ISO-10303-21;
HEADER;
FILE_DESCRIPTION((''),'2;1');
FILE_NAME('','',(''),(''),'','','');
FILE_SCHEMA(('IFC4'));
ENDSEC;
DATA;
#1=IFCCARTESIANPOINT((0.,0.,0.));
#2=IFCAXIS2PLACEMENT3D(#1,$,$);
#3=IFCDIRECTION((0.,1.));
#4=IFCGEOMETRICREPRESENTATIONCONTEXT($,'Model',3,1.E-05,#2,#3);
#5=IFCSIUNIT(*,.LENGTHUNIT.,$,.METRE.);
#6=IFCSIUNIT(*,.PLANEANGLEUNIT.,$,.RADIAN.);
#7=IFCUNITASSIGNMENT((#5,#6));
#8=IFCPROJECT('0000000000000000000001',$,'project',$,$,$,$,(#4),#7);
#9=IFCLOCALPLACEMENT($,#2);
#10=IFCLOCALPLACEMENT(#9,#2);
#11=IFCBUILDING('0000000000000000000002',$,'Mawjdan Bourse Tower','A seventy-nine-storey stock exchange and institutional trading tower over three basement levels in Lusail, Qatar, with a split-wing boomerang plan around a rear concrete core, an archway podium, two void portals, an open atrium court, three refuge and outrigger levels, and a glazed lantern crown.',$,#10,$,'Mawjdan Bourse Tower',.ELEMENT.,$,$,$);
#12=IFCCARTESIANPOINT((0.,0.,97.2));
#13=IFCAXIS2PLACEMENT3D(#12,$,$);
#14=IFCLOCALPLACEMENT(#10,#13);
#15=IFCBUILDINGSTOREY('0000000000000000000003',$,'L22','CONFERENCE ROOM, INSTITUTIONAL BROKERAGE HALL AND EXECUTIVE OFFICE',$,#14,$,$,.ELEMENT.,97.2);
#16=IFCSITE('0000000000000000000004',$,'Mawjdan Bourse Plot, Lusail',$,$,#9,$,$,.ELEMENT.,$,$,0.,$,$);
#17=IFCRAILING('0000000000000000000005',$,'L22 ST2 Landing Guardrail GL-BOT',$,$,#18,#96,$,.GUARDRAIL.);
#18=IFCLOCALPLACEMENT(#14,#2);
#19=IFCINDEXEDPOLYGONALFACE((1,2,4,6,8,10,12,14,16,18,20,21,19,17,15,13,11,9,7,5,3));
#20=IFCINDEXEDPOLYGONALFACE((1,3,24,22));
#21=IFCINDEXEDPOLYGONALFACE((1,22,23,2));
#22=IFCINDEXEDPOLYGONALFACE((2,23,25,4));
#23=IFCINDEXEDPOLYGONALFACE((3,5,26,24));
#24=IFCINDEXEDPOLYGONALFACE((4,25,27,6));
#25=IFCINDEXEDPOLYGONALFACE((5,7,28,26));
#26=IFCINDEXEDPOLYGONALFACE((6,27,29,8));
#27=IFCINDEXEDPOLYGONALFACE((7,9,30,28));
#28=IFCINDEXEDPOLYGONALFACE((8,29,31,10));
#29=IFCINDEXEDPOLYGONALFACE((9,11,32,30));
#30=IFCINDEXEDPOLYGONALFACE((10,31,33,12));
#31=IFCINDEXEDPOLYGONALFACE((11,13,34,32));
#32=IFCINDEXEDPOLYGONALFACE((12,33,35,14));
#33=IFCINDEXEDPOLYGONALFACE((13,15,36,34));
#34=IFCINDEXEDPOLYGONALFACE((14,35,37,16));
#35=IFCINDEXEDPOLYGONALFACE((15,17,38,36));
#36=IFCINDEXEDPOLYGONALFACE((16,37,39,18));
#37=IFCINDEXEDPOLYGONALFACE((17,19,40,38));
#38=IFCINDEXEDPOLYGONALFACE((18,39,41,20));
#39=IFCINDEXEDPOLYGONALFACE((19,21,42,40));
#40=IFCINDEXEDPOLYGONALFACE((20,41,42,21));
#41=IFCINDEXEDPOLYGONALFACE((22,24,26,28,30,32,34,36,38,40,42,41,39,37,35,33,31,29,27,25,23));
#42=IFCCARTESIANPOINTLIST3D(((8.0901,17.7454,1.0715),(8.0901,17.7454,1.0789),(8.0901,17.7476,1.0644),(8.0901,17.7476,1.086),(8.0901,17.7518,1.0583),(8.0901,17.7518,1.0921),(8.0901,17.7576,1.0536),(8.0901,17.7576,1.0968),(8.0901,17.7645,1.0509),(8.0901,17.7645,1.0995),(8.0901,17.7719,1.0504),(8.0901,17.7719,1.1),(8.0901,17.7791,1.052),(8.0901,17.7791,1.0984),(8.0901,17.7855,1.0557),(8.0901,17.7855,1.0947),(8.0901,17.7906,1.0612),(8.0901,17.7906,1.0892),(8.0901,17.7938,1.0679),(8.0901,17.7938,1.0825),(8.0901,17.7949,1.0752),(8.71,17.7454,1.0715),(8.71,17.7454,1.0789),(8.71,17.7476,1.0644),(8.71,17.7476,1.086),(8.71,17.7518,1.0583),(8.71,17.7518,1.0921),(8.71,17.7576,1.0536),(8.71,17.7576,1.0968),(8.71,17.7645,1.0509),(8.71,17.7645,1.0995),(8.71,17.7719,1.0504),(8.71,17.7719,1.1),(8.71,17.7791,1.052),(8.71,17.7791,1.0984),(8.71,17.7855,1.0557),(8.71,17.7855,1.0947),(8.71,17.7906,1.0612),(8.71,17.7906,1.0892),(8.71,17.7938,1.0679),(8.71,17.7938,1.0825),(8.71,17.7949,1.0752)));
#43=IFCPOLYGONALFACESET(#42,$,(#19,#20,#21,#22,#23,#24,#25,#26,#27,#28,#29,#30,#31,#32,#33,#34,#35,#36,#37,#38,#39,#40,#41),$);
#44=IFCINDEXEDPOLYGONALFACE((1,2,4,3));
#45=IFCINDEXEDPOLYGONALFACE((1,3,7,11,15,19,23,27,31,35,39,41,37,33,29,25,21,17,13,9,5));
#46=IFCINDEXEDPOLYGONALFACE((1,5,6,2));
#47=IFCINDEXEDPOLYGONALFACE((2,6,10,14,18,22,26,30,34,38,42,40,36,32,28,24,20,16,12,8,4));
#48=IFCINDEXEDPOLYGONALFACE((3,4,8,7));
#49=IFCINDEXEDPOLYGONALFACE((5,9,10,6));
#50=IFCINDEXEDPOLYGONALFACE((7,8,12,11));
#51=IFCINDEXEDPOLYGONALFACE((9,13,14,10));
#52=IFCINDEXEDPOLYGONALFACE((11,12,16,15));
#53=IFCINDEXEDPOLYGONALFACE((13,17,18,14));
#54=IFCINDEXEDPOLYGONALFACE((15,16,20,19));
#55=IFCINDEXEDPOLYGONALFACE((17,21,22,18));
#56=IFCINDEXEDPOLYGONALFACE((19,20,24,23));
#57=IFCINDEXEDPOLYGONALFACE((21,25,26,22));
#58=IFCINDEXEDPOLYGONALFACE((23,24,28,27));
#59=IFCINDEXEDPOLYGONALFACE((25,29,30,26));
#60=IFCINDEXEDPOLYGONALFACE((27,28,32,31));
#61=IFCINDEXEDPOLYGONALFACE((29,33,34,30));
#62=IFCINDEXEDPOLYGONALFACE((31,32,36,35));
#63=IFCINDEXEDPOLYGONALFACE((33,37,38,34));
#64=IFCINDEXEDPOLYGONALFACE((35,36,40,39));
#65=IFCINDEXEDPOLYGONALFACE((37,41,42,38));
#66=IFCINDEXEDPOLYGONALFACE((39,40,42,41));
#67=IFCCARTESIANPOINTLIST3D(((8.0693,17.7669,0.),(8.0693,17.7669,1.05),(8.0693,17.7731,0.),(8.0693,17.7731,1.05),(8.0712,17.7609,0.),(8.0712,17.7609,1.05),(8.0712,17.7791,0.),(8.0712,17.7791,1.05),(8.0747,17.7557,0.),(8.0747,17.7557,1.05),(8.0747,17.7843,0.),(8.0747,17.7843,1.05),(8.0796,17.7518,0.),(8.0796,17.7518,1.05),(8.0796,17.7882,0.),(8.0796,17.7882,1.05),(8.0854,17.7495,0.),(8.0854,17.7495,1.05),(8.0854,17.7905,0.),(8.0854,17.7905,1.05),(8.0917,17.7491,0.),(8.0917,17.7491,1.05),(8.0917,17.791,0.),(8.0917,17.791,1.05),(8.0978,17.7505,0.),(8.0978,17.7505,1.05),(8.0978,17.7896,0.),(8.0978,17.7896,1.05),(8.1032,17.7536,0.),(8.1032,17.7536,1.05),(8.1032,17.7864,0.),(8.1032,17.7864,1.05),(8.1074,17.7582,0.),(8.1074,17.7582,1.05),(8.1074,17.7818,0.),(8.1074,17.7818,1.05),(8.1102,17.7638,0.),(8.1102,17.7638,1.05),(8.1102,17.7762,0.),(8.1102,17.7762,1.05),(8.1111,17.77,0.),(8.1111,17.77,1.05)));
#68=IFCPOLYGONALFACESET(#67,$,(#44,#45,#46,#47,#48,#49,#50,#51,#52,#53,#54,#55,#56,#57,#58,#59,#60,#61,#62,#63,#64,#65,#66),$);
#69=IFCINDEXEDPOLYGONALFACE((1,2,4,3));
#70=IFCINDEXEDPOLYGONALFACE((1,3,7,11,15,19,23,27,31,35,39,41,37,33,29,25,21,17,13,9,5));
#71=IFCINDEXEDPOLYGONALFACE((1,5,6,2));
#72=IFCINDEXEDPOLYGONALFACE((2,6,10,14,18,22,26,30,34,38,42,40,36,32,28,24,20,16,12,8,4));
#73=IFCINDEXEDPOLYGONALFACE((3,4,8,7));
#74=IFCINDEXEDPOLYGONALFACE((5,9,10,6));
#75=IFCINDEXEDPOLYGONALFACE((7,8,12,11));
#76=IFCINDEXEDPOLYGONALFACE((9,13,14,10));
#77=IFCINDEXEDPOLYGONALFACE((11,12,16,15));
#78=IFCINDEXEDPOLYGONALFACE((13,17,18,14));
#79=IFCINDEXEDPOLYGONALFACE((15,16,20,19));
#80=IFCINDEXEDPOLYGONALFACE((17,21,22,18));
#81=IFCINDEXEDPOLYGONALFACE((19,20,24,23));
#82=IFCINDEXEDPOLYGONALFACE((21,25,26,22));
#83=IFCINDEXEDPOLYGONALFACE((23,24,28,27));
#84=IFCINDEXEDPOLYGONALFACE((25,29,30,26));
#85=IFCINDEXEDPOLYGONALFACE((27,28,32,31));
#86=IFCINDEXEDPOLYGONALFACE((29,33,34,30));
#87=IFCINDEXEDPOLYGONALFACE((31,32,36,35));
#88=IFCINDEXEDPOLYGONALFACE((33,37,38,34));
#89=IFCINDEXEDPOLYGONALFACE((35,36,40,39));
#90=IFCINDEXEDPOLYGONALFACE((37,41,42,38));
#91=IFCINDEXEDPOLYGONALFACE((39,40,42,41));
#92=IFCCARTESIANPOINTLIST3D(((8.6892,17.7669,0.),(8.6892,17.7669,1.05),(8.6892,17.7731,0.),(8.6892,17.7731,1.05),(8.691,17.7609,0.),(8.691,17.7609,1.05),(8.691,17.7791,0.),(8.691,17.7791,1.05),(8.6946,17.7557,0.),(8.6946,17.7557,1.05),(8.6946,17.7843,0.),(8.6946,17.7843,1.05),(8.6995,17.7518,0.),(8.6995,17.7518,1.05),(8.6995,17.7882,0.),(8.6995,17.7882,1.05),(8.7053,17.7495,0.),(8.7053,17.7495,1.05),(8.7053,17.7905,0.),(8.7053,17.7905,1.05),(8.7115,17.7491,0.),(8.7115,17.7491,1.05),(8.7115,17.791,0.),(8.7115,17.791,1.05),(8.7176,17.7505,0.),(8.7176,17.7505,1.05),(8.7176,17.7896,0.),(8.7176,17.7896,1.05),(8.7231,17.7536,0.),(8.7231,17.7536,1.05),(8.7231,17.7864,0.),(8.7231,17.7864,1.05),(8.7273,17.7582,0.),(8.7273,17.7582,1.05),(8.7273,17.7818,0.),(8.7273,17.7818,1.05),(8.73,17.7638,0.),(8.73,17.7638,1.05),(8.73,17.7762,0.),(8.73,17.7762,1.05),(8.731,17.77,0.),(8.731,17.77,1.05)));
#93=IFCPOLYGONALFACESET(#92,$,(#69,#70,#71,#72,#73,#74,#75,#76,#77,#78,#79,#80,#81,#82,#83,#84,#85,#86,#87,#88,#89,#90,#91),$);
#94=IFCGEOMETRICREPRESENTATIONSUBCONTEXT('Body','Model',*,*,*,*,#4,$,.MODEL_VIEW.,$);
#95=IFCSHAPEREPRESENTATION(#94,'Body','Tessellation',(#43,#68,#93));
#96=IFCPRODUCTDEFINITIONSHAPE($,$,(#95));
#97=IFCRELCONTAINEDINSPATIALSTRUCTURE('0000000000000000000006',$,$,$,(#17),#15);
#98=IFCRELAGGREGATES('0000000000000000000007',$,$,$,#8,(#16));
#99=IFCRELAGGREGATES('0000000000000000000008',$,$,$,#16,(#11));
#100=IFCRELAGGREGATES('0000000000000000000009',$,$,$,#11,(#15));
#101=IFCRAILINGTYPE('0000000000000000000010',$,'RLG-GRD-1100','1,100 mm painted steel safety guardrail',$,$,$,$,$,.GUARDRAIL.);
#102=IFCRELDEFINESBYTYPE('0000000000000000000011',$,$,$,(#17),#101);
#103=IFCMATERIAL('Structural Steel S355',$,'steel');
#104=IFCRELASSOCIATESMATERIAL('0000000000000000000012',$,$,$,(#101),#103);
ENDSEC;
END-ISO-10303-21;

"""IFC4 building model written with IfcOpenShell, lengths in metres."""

from ifc_helpers import new_model, si_unit, direction, frame, origin, origin_2d, place, context, subcontext, project, spatial, circle, extrude, material, type_object, element, save


model = new_model("IFC4")

# Units and contexts
model_context = context("Model", 3, precision=1e-05, world=origin(), true_north=direction((0.0, 1.0)))
body_context = subcontext(model_context, "Body", "Model", "MODEL_VIEW")
ifc_project = project(units=[si_unit("LENGTHUNIT", "METRE"), si_unit("PLANEANGLEUNIT", "RADIAN")], contexts=[model_context])

# Site, building, storey
site_placement = place(None, origin())
site = spatial("IfcSite", under=ifc_project, at=site_placement, Name="Mawjdan Bourse Plot, Lusail", CompositionType="ELEMENT", RefElevation=0.0)
building_placement = place(site_placement, origin())
building = spatial("IfcBuilding", under=site, at=building_placement, Name="Mawjdan Bourse Tower", Description="A seventy-nine-storey stock exchange and institutional trading tower over three basement levels in Lusail, Qatar, with a split-wing boomerang plan around a rear concrete core, an archway podium, two void portals, an open atrium court, three refuge and outrigger levels, and a glazed lantern crown.", LongName="Mawjdan Bourse Tower", CompositionType="ELEMENT")
storey_placement = place(building_placement, frame((0.0, 0.0, 97.2)))
storey = spatial("IfcBuildingStorey", under=building, at=storey_placement, Name="L22", Description="CONFERENCE ROOM, INSTITUTIONAL BROKERAGE HALL AND EXECUTIVE OFFICE", CompositionType="ELEMENT", Elevation=97.2)

# Shared definitions
ifc_material_1 = material(Name="Structural Steel S355", Category="steel")

# Railing
railing_type_1 = type_object("IfcRailingType", Name="RLG-GRD-1100", Description="1,100 mm painted steel safety guardrail", PredefinedType="GUARDRAIL", material=ifc_material_1)
for number, where, name in (
    (1, (8.0901, 17.77, 0.0), "L22 ST2 Landing Guardrail GL-BOT"),
):
    element("IfcRailing", number, at=place(storey_placement, frame(where)), inside=storey, type_object=railing_type_1, Name=name, PredefinedType="GUARDRAIL", context=body_context, shape_type="SweptSolid", body=[
        extrude(circle(Radius=0.0249, at=origin_2d()), frame((0.0, 0.0, 1.0752), z_axis=(1.0, 0.0, 0.0), x_axis=(0.0, 1.0, 0.0)), (0.0, 0.0, 1.0), 0.6199),
        extrude(circle(Radius=0.021, at=origin_2d()), origin(), (0.0, 0.0, 1.0), 1.05),
        extrude(circle(Radius=0.021, at=origin_2d()), frame((0.6199, 0.0, 0.0)), (0.0, 0.0, 1.0), 1.05),
    ])

save(model, "model.ifc")
